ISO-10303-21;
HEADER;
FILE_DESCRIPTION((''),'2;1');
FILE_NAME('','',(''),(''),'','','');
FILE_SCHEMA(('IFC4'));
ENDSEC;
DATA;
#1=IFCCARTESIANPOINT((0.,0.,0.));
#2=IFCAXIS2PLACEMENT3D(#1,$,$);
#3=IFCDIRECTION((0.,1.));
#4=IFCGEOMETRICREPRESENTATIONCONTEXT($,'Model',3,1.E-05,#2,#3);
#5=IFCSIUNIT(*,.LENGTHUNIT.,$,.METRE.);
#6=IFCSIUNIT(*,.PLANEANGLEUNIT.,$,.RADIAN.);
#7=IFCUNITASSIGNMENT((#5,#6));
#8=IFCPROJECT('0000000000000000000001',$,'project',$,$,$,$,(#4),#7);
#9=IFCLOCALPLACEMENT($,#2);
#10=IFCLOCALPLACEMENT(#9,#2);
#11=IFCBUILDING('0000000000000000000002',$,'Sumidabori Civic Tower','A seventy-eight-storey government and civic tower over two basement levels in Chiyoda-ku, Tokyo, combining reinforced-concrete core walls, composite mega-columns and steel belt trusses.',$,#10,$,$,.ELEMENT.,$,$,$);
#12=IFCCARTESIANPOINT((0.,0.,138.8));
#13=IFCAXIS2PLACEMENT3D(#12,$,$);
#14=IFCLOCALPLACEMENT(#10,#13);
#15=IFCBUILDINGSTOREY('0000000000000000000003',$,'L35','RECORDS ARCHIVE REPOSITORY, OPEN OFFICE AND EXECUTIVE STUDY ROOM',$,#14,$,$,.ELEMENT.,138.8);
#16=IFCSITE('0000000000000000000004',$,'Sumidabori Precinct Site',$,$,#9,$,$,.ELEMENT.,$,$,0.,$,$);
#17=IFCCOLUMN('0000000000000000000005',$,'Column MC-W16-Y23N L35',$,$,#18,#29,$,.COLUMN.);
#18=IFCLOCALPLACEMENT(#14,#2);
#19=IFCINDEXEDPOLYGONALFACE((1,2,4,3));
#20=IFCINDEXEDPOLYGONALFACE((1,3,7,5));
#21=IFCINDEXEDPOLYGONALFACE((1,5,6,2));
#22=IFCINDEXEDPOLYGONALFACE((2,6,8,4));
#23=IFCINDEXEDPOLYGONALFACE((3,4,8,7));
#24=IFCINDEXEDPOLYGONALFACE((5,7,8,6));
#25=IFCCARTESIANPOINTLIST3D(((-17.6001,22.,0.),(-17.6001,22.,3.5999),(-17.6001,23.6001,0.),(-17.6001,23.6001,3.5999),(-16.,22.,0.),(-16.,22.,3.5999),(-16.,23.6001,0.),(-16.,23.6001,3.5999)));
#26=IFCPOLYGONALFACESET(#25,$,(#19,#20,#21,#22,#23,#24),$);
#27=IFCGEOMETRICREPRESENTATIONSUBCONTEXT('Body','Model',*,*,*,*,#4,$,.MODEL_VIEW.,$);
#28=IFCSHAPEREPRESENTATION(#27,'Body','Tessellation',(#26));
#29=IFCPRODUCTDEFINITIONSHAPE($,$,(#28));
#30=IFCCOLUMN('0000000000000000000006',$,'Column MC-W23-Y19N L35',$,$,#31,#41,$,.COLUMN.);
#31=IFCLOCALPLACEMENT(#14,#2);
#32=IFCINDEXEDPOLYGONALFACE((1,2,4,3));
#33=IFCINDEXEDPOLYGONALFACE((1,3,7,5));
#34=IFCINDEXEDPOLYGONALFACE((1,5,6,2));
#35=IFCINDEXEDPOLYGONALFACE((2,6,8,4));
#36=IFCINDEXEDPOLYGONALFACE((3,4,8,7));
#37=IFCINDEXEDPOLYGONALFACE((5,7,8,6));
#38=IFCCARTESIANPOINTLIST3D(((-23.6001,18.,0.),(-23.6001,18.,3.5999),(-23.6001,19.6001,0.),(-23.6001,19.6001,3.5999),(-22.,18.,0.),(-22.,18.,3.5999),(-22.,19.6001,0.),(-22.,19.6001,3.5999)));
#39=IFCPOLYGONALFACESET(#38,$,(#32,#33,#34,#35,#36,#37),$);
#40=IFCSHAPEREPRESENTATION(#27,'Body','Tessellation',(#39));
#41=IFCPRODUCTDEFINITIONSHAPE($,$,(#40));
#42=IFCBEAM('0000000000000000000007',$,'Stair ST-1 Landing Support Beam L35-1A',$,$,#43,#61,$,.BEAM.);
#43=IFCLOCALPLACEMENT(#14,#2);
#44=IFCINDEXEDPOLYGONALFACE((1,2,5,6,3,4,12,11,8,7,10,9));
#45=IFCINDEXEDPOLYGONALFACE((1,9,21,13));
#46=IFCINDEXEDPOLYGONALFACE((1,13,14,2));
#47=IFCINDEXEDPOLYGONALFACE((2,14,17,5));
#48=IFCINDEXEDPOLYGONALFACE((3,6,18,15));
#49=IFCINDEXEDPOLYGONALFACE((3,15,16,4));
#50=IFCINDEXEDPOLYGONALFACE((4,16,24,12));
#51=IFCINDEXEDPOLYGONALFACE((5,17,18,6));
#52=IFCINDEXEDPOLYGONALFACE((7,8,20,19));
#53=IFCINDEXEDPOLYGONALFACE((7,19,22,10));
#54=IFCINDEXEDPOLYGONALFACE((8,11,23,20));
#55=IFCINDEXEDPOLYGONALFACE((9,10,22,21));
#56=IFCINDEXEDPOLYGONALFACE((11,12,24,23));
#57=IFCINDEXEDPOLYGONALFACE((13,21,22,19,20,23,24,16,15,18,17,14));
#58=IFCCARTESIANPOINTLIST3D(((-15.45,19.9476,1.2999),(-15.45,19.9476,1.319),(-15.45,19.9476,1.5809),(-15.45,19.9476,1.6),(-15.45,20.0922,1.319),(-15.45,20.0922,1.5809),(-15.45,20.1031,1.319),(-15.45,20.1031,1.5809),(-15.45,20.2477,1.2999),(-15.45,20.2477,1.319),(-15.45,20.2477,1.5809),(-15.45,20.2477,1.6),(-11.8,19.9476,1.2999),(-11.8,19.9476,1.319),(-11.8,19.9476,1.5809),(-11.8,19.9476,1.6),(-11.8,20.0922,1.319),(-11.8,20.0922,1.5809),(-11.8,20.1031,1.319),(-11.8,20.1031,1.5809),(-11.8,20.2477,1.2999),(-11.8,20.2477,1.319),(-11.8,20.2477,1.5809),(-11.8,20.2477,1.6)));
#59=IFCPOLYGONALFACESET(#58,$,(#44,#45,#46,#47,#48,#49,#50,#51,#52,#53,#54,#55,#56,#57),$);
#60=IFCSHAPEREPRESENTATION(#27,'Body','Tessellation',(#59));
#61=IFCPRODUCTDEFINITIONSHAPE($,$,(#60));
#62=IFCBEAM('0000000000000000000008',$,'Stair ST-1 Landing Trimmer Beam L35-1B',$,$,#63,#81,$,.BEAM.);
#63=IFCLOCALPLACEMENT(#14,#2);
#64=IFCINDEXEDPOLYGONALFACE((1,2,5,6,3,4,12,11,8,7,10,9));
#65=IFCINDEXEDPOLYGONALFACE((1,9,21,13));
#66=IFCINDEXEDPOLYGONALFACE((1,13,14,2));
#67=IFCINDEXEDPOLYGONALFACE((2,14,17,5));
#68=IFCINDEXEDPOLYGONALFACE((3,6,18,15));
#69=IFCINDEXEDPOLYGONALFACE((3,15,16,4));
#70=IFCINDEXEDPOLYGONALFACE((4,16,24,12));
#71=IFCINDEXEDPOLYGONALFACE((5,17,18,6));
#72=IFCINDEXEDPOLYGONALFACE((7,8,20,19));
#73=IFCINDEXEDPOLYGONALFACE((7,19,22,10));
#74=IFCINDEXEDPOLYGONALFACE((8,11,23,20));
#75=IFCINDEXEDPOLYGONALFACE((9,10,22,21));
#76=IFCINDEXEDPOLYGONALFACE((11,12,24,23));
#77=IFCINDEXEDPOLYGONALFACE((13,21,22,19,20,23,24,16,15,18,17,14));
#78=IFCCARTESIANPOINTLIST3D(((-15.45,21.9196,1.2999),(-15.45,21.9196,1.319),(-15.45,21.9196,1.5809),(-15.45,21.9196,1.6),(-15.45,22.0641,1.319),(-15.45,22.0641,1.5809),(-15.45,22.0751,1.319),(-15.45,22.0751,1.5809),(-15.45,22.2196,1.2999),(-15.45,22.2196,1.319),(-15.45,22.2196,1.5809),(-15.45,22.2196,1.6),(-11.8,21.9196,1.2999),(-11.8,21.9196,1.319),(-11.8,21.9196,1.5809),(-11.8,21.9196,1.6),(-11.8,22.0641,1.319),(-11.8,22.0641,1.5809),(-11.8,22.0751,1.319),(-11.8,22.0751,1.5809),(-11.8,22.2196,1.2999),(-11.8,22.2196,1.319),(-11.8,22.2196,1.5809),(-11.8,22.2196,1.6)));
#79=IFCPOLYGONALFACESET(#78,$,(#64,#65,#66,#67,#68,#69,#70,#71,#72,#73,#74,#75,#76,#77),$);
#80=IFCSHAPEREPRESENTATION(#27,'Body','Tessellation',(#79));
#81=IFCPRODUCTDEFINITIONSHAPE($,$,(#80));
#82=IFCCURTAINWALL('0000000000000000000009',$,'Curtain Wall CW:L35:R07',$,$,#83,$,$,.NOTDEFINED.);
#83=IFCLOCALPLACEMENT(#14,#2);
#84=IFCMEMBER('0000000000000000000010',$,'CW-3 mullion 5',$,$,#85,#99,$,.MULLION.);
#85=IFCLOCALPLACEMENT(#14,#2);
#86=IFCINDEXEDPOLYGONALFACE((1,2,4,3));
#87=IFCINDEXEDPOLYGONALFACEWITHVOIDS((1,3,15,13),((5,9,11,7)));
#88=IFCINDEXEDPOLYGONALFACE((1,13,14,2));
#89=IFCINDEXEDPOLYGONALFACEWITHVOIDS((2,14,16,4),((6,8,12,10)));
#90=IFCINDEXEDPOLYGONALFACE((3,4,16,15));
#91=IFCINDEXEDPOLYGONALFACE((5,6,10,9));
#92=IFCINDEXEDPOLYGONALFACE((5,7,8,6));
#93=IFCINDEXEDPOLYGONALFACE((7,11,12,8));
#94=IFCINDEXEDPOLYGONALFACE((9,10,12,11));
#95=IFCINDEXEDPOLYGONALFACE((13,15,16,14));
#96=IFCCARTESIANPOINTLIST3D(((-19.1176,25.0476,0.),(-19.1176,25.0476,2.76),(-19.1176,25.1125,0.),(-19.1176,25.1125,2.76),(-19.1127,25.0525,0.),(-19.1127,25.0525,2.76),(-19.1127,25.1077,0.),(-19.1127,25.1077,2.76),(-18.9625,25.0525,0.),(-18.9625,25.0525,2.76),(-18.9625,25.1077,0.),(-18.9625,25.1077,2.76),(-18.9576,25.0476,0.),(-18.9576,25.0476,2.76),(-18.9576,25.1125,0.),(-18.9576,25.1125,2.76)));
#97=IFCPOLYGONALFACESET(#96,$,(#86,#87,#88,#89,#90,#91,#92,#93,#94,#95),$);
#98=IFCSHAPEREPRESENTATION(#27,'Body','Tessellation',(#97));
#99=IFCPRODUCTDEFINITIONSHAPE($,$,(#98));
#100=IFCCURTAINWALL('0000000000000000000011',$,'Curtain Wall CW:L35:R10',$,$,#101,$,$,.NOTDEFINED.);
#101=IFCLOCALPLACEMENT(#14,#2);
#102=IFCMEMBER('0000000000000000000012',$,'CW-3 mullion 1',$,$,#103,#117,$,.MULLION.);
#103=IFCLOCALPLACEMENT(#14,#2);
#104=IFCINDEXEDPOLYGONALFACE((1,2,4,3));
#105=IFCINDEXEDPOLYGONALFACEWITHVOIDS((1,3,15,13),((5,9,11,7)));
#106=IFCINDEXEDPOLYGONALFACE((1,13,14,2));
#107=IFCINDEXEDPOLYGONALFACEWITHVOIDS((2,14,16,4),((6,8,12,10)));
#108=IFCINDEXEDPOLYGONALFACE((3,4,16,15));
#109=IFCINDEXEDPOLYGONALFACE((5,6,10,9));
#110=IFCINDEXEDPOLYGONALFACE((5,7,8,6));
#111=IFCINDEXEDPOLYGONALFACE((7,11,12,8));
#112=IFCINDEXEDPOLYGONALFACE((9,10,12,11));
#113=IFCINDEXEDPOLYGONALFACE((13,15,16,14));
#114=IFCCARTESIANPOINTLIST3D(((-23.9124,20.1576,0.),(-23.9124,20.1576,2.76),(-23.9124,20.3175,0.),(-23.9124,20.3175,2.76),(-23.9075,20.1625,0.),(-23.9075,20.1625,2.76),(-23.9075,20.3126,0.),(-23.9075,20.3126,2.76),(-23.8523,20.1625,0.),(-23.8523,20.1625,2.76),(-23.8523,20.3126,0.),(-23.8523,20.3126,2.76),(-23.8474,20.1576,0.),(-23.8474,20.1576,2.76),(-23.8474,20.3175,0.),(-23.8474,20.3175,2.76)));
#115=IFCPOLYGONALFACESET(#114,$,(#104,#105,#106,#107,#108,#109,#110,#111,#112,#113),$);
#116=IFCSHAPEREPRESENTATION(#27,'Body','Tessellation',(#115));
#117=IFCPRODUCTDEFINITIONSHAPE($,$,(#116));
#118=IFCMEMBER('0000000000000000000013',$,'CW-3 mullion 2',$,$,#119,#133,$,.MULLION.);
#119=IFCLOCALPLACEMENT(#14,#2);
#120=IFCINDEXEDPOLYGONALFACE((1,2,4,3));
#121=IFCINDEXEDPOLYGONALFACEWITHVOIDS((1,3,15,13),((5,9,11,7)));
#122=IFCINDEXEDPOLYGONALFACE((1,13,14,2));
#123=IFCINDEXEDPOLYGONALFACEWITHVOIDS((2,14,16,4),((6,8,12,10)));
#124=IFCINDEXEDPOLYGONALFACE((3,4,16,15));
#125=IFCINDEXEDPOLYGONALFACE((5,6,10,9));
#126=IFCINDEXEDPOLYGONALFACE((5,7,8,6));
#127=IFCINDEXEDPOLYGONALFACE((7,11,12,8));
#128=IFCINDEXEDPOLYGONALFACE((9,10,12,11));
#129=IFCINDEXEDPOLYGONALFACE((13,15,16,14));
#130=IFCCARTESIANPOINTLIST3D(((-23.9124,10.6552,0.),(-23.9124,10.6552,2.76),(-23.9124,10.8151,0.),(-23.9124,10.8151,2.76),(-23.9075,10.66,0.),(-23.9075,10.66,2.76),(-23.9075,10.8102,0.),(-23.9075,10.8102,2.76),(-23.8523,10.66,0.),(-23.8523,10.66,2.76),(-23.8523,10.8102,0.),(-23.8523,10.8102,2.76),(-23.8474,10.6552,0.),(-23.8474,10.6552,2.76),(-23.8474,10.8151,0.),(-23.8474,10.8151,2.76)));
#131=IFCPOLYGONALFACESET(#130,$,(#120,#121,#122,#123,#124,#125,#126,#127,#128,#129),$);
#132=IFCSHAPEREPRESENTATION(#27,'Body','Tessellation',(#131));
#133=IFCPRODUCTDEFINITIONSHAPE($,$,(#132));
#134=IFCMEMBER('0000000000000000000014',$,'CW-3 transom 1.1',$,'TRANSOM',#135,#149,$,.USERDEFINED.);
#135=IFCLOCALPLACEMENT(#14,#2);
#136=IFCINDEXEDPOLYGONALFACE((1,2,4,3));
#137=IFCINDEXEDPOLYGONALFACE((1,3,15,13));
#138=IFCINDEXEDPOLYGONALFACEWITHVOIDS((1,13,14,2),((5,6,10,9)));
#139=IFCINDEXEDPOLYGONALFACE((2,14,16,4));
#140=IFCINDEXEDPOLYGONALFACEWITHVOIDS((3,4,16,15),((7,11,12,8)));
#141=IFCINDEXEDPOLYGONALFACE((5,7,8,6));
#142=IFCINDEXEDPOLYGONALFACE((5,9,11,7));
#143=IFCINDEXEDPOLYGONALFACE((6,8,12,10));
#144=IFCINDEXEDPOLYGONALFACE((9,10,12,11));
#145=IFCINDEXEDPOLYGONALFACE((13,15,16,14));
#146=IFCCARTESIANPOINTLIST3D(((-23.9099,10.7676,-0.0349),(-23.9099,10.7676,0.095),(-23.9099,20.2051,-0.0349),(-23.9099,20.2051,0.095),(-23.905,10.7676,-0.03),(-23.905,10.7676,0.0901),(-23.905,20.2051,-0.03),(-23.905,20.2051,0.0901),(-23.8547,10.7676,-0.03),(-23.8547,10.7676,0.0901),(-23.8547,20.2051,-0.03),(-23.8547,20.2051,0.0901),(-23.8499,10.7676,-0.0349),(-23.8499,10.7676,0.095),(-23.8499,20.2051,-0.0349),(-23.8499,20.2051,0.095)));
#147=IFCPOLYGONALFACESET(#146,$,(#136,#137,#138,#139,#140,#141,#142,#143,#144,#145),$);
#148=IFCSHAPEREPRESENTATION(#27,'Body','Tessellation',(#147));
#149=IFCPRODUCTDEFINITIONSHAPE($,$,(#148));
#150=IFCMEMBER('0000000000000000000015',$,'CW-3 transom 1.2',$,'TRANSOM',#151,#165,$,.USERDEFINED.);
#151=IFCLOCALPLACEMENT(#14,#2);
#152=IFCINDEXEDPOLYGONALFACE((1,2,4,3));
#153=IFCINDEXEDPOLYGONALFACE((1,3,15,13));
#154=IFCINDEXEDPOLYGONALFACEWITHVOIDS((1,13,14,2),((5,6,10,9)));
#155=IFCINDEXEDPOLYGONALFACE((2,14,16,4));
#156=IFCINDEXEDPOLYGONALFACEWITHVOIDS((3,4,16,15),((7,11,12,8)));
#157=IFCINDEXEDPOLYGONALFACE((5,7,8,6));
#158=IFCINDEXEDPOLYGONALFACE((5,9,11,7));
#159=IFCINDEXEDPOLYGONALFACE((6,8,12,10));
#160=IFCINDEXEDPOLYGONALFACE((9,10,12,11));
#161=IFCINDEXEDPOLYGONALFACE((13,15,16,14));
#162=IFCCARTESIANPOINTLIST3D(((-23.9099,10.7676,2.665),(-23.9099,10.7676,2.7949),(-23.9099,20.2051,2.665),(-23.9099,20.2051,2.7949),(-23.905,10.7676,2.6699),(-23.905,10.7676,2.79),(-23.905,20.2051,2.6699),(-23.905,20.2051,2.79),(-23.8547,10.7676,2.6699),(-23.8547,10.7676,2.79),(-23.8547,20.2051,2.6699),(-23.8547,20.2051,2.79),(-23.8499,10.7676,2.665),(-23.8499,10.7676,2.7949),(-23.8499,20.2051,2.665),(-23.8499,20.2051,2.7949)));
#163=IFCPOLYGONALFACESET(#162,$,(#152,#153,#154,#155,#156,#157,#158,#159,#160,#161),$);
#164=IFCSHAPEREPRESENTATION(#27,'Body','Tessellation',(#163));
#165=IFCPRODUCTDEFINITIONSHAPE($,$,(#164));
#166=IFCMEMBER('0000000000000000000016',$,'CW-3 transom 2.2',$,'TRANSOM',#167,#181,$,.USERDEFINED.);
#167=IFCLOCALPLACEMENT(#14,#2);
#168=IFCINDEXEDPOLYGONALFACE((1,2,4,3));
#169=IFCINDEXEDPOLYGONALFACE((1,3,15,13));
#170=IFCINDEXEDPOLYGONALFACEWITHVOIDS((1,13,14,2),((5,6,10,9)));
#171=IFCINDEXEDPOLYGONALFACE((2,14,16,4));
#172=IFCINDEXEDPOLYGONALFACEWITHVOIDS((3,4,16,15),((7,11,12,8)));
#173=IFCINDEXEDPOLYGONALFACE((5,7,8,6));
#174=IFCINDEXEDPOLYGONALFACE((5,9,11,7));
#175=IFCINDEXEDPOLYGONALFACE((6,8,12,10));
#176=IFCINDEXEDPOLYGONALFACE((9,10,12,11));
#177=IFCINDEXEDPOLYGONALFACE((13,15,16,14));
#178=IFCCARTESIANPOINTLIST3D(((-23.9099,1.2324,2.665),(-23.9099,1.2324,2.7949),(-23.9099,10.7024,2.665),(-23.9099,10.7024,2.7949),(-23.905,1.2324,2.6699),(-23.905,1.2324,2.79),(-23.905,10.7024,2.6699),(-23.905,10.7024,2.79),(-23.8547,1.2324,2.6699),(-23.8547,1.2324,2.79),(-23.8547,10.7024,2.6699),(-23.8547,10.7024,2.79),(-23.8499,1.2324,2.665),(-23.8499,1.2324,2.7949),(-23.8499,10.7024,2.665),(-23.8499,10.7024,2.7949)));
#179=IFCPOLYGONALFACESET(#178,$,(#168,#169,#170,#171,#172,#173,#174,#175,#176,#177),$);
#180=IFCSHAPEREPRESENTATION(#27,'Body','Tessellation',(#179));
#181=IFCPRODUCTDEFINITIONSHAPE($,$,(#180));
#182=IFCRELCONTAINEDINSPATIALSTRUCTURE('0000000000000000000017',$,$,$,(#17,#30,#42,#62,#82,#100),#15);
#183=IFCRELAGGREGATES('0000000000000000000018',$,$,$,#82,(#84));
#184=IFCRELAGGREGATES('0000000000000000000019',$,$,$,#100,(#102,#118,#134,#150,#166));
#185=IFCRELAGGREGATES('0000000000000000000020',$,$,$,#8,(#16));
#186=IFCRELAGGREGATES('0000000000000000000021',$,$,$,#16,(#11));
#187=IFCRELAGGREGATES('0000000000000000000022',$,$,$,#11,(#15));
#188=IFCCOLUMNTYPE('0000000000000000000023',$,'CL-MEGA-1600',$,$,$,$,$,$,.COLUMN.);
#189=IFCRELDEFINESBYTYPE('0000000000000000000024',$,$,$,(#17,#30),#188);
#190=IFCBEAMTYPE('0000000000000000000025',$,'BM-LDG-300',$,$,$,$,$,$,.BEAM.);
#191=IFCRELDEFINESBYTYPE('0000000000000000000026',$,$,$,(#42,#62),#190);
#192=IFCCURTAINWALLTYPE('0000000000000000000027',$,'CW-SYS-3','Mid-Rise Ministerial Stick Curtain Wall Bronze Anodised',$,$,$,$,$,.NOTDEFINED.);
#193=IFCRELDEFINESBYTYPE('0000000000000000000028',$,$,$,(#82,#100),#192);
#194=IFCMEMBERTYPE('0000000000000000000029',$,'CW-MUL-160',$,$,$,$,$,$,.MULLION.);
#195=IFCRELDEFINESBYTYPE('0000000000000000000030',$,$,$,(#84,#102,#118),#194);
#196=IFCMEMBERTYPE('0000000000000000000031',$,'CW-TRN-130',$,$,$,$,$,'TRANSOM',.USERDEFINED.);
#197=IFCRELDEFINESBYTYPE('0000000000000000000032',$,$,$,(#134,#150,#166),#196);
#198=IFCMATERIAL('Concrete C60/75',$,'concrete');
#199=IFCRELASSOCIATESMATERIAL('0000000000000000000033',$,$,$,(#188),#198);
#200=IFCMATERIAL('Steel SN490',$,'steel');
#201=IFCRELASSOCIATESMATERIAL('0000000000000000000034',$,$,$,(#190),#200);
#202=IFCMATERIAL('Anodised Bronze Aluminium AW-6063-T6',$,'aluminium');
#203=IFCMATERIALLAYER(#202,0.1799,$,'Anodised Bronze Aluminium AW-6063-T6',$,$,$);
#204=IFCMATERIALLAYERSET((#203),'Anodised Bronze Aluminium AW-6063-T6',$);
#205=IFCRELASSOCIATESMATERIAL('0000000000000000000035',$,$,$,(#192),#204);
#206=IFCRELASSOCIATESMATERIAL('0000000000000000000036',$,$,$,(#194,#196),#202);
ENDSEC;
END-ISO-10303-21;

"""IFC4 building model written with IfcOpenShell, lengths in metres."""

from ifc_helpers import new_model, si_unit, direction, frame, origin, origin_2d, place, context, subcontext, project, spatial, rectangle, hollow_rectangle, i_section, extrude, source, transform, mapped, material, layer, layer_set, material_profile, profile_set, type_object, element, aggregate, save


model = new_model("IFC4")

# Units and contexts
model_context = context("Model", 3, precision=1e-05, world=origin(), true_north=direction((0.0, 1.0)))
body_context = subcontext(model_context, "Body", "Model", "MODEL_VIEW")
ifc_project = project(units=[si_unit("LENGTHUNIT", "METRE"), si_unit("PLANEANGLEUNIT", "RADIAN")], contexts=[model_context])

# Site, building, storey
site_placement = place(None, origin())
site = spatial("IfcSite", under=ifc_project, at=site_placement, Name="Sumidabori Precinct Site", CompositionType="ELEMENT", RefElevation=0.0)
building_placement = place(site_placement, origin())
building = spatial("IfcBuilding", under=site, at=building_placement, Name="Sumidabori Civic Tower", Description="A seventy-eight-storey government and civic tower over two basement levels in Chiyoda-ku, Tokyo, combining reinforced-concrete core walls, composite mega-columns and steel belt trusses.", CompositionType="ELEMENT")
storey_placement = place(building_placement, frame((0.0, 0.0, 138.8)))
storey = spatial("IfcBuildingStorey", under=building, at=storey_placement, Name="L35", Description="RECORDS ARCHIVE REPOSITORY, OPEN OFFICE AND EXECUTIVE STUDY ROOM", CompositionType="ELEMENT", Elevation=138.8)

# Columns
ifc_material_1 = material(Name="Concrete C60/75", Category="concrete")
ifc_material_profile_1 = material_profile(ifc_material_1, rectangle(XDim=1.6001, YDim=1.6001, at=origin_2d()), Name="RC 1600x1600")
ifc_profile_set_1 = profile_set([ifc_material_profile_1], Name="Concrete C60/75")
column_type = type_object("IfcColumnType", Name="CL-MEGA-1600", PredefinedType="COLUMN", material=ifc_profile_set_1)
shared_shape_1 = source(origin(), body_context, "Body", "SweptSolid", [
    extrude(rectangle(XDim=1.6001, YDim=1.6001, at=origin_2d()), origin(), (0.0, 0.0, 1.0), 3.5999),
])
for number, where, z_axis, x_axis, name in (
    (1, (-16.8, 22.8, 0.0), (0.0, 0.0, 1.0), (1.0, 0.0, 0.0), "Column MC-W16-Y23N L35"),
    (2, (-22.8, 18.8, 0.0), (0.0, 0.0, 1.0), (1.0, 0.0, 0.0), "Column MC-W23-Y19N L35"),
):
    element("IfcColumn", number, at=place(storey_placement, frame(where, z_axis=z_axis, x_axis=x_axis)), inside=storey, type_object=column_type, Name=name, PredefinedType="COLUMN", context=body_context, shape_type="MappedRepresentation", body=[
        mapped(shared_shape_1, transform((0.0, 0.0, 0.0), x_axis=(1.0, 0.0, 0.0), y_axis=(0.0, 1.0, 0.0), z_axis=(0.0, 0.0, 1.0), scale=1.0)),
    ])

# Beams
ifc_material_2 = material(Name="Steel SN490", Category="steel")
ifc_material_profile_2 = material_profile(ifc_material_2, i_section(OverallWidth=0.3, OverallDepth=0.3, WebThickness=0.011, FlangeThickness=0.019, at=origin_2d()), Name="HE 300 B")
ifc_profile_set_2 = profile_set([ifc_material_profile_2], Name="Steel SN490")
beam_type = type_object("IfcBeamType", Name="BM-LDG-300", PredefinedType="BEAM", material=ifc_profile_set_2)
shared_shape_2 = source(origin(), body_context, "Body", "SweptSolid", [
    extrude(i_section(OverallWidth=0.3, OverallDepth=0.3, WebThickness=0.011, FlangeThickness=0.019, at=origin_2d()), origin(), (0.0, 0.0, 1.0), 3.6499),
])
for number, where, z_axis, x_axis, name in (
    (3, (-15.45, 20.0977, 1.45), (1.0, 0.0, 0.0), (0.0, 1.0, 0.0), "Stair ST-1 Landing Support Beam L35-1A"),
    (4, (-15.45, 22.0696, 1.45), (1.0, 0.0, 0.0), (0.0, 1.0, 0.0), "Stair ST-1 Landing Trimmer Beam L35-1B"),
):
    element("IfcBeam", number, at=place(storey_placement, frame(where, z_axis=z_axis, x_axis=x_axis)), inside=storey, type_object=beam_type, Name=name, PredefinedType="BEAM", context=body_context, shape_type="MappedRepresentation", body=[
        mapped(shared_shape_2, transform((0.0, 0.0, 0.0), x_axis=(1.0, 0.0, 0.0), y_axis=(0.0, 1.0, 0.0), z_axis=(0.0, 0.0, 1.0), scale=1.0)),
    ])

# Curtain wall, member
ifc_material_3 = material(Name="Anodised Bronze Aluminium AW-6063-T6", Category="aluminium")
ifc_layer_1 = layer(ifc_material_3, 0.1799, Name="Anodised Bronze Aluminium AW-6063-T6")
ifc_layer_set_1 = layer_set([ifc_layer_1], Name="Anodised Bronze Aluminium AW-6063-T6")
curtain_wall_type = type_object("IfcCurtainWallType", Name="CW-SYS-3", Description="Mid-Rise Ministerial Stick Curtain Wall Bronze Anodised", PredefinedType="NOTDEFINED", material=ifc_layer_set_1)
curtain_wall_1_placement = place(storey_placement, origin())
curtain_wall_1 = element("IfcCurtainWall", 5, at=curtain_wall_1_placement, inside=storey, type_object=curtain_wall_type, Name="Curtain Wall CW:L35:R07", PredefinedType="NOTDEFINED")
ifc_material_profile_3 = material_profile(ifc_material_3, hollow_rectangle(XDim=0.0649, YDim=0.1599, WallThickness=0.0049, at=origin_2d()), Name="ALU MULLION 160x65")
ifc_profile_set_3 = profile_set([ifc_material_profile_3], Name="Anodised Bronze Aluminium AW-6063-T6")
member_type_1 = type_object("IfcMemberType", Name="CW-MUL-160", PredefinedType="MULLION", material=ifc_profile_set_3)
shared_shape_3 = source(origin(), body_context, "Body", "SweptSolid", [
    extrude(hollow_rectangle(XDim=0.0649, YDim=0.1599, WallThickness=0.0049, at=origin_2d()), origin(), (0.0, 0.0, 1.0), 2.76),
])
member_1_placement = place(storey_placement, frame((-19.0376, 25.0801, 0.0), z_axis=(0.0, 0.0, 1.0), x_axis=(0.0, -1.0, 0.0)))
member_1 = element("IfcMember", 6, at=member_1_placement, type_object=member_type_1, Name="CW-3 mullion 5", PredefinedType="MULLION", context=body_context, shape_type="MappedRepresentation", body=[
    mapped(shared_shape_3, transform((0.0, 0.0, 0.0), x_axis=(1.0, 0.0, 0.0), y_axis=(0.0, 1.0, 0.0), z_axis=(0.0, 0.0, 1.0), scale=1.0)),
])
aggregate(curtain_wall_1, [member_1])

# Curtain wall, members
curtain_wall_2_placement = place(storey_placement, origin())
curtain_wall_2 = element("IfcCurtainWall", 7, at=curtain_wall_2_placement, inside=storey, type_object=curtain_wall_type, Name="Curtain Wall CW:L35:R10", PredefinedType="NOTDEFINED")
member_2_placement = place(storey_placement, frame((-23.8799, 20.2375, 0.0), z_axis=(0.0, 0.0, 1.0), x_axis=(1.0, 0.0, 0.0)))
member_2 = element("IfcMember", 8, at=member_2_placement, type_object=member_type_1, Name="CW-3 mullion 1", PredefinedType="MULLION", context=body_context, shape_type="MappedRepresentation", body=[
    mapped(shared_shape_3, transform((0.0, 0.0, 0.0), x_axis=(1.0, 0.0, 0.0), y_axis=(0.0, 1.0, 0.0), z_axis=(0.0, 0.0, 1.0), scale=1.0)),
])
member_3_placement = place(storey_placement, frame((-23.8799, 10.7351, 0.0), z_axis=(0.0, 0.0, 1.0), x_axis=(1.0, 0.0, 0.0)))
member_3 = element("IfcMember", 9, at=member_3_placement, type_object=member_type_1, Name="CW-3 mullion 2", PredefinedType="MULLION", context=body_context, shape_type="MappedRepresentation", body=[
    mapped(shared_shape_3, transform((0.0, 0.0, 0.0), x_axis=(1.0, 0.0, 0.0), y_axis=(0.0, 1.0, 0.0), z_axis=(0.0, 0.0, 1.0), scale=1.0)),
])
ifc_material_profile_4 = material_profile(ifc_material_3, hollow_rectangle(XDim=0.0601, YDim=0.1299, WallThickness=0.0049, at=origin_2d()), Name="ALU TRANSOM 130x60")
ifc_profile_set_4 = profile_set([ifc_material_profile_4], Name="Anodised Bronze Aluminium AW-6063-T6")
member_type_2 = type_object("IfcMemberType", Name="CW-TRN-130", ElementType="TRANSOM", PredefinedType="USERDEFINED", material=ifc_profile_set_4)
shared_shape_4 = source(origin(), body_context, "Body", "SweptSolid", [
    extrude(hollow_rectangle(XDim=0.0601, YDim=0.1299, WallThickness=0.0049, at=origin_2d()), origin(), (0.0, 0.0, 1.0), 9.4375),
])
member_4_placement = place(storey_placement, frame((-23.8799, 20.2051, 0.03), z_axis=(0.0, -1.0, 0.0), x_axis=(1.0, 0.0, 0.0)))
member_4 = element("IfcMember", 10, at=member_4_placement, type_object=member_type_2, Name="CW-3 transom 1.1", ObjectType="TRANSOM", PredefinedType="USERDEFINED", context=body_context, shape_type="MappedRepresentation", body=[
    mapped(shared_shape_4, transform((0.0, 0.0, 0.0), x_axis=(1.0, 0.0, 0.0), y_axis=(0.0, 1.0, 0.0), z_axis=(0.0, 0.0, 1.0), scale=1.0)),
])
member_5_placement = place(storey_placement, frame((-23.8799, 20.2051, 2.73), z_axis=(0.0, -1.0, 0.0), x_axis=(1.0, 0.0, 0.0)))
member_5 = element("IfcMember", 11, at=member_5_placement, type_object=member_type_2, Name="CW-3 transom 1.2", ObjectType="TRANSOM", PredefinedType="USERDEFINED", context=body_context, shape_type="MappedRepresentation", body=[
    mapped(shared_shape_4, transform((0.0, 0.0, 0.0), x_axis=(1.0, 0.0, 0.0), y_axis=(0.0, 1.0, 0.0), z_axis=(0.0, 0.0, 1.0), scale=1.0)),
])
shared_shape_5 = source(origin(), body_context, "Body", "SweptSolid", [
    extrude(hollow_rectangle(XDim=0.0601, YDim=0.1299, WallThickness=0.0049, at=origin_2d()), origin(), (0.0, 0.0, 1.0), 9.47),
])
member_6_placement = place(storey_placement, frame((-23.8799, 10.7024, 2.73), z_axis=(0.0, -1.0, 0.0), x_axis=(1.0, 0.0, 0.0)))
member_6 = element("IfcMember", 12, at=member_6_placement, type_object=member_type_2, Name="CW-3 transom 2.2", ObjectType="TRANSOM", PredefinedType="USERDEFINED", context=body_context, shape_type="MappedRepresentation", body=[
    mapped(shared_shape_5, transform((0.0, 0.0, 0.0), x_axis=(1.0, 0.0, 0.0), y_axis=(0.0, 1.0, 0.0), z_axis=(0.0, 0.0, 1.0), scale=1.0)),
])
aggregate(curtain_wall_2, [member_2, member_3, member_4, member_5, member_6])

save(model, "model.ifc")
